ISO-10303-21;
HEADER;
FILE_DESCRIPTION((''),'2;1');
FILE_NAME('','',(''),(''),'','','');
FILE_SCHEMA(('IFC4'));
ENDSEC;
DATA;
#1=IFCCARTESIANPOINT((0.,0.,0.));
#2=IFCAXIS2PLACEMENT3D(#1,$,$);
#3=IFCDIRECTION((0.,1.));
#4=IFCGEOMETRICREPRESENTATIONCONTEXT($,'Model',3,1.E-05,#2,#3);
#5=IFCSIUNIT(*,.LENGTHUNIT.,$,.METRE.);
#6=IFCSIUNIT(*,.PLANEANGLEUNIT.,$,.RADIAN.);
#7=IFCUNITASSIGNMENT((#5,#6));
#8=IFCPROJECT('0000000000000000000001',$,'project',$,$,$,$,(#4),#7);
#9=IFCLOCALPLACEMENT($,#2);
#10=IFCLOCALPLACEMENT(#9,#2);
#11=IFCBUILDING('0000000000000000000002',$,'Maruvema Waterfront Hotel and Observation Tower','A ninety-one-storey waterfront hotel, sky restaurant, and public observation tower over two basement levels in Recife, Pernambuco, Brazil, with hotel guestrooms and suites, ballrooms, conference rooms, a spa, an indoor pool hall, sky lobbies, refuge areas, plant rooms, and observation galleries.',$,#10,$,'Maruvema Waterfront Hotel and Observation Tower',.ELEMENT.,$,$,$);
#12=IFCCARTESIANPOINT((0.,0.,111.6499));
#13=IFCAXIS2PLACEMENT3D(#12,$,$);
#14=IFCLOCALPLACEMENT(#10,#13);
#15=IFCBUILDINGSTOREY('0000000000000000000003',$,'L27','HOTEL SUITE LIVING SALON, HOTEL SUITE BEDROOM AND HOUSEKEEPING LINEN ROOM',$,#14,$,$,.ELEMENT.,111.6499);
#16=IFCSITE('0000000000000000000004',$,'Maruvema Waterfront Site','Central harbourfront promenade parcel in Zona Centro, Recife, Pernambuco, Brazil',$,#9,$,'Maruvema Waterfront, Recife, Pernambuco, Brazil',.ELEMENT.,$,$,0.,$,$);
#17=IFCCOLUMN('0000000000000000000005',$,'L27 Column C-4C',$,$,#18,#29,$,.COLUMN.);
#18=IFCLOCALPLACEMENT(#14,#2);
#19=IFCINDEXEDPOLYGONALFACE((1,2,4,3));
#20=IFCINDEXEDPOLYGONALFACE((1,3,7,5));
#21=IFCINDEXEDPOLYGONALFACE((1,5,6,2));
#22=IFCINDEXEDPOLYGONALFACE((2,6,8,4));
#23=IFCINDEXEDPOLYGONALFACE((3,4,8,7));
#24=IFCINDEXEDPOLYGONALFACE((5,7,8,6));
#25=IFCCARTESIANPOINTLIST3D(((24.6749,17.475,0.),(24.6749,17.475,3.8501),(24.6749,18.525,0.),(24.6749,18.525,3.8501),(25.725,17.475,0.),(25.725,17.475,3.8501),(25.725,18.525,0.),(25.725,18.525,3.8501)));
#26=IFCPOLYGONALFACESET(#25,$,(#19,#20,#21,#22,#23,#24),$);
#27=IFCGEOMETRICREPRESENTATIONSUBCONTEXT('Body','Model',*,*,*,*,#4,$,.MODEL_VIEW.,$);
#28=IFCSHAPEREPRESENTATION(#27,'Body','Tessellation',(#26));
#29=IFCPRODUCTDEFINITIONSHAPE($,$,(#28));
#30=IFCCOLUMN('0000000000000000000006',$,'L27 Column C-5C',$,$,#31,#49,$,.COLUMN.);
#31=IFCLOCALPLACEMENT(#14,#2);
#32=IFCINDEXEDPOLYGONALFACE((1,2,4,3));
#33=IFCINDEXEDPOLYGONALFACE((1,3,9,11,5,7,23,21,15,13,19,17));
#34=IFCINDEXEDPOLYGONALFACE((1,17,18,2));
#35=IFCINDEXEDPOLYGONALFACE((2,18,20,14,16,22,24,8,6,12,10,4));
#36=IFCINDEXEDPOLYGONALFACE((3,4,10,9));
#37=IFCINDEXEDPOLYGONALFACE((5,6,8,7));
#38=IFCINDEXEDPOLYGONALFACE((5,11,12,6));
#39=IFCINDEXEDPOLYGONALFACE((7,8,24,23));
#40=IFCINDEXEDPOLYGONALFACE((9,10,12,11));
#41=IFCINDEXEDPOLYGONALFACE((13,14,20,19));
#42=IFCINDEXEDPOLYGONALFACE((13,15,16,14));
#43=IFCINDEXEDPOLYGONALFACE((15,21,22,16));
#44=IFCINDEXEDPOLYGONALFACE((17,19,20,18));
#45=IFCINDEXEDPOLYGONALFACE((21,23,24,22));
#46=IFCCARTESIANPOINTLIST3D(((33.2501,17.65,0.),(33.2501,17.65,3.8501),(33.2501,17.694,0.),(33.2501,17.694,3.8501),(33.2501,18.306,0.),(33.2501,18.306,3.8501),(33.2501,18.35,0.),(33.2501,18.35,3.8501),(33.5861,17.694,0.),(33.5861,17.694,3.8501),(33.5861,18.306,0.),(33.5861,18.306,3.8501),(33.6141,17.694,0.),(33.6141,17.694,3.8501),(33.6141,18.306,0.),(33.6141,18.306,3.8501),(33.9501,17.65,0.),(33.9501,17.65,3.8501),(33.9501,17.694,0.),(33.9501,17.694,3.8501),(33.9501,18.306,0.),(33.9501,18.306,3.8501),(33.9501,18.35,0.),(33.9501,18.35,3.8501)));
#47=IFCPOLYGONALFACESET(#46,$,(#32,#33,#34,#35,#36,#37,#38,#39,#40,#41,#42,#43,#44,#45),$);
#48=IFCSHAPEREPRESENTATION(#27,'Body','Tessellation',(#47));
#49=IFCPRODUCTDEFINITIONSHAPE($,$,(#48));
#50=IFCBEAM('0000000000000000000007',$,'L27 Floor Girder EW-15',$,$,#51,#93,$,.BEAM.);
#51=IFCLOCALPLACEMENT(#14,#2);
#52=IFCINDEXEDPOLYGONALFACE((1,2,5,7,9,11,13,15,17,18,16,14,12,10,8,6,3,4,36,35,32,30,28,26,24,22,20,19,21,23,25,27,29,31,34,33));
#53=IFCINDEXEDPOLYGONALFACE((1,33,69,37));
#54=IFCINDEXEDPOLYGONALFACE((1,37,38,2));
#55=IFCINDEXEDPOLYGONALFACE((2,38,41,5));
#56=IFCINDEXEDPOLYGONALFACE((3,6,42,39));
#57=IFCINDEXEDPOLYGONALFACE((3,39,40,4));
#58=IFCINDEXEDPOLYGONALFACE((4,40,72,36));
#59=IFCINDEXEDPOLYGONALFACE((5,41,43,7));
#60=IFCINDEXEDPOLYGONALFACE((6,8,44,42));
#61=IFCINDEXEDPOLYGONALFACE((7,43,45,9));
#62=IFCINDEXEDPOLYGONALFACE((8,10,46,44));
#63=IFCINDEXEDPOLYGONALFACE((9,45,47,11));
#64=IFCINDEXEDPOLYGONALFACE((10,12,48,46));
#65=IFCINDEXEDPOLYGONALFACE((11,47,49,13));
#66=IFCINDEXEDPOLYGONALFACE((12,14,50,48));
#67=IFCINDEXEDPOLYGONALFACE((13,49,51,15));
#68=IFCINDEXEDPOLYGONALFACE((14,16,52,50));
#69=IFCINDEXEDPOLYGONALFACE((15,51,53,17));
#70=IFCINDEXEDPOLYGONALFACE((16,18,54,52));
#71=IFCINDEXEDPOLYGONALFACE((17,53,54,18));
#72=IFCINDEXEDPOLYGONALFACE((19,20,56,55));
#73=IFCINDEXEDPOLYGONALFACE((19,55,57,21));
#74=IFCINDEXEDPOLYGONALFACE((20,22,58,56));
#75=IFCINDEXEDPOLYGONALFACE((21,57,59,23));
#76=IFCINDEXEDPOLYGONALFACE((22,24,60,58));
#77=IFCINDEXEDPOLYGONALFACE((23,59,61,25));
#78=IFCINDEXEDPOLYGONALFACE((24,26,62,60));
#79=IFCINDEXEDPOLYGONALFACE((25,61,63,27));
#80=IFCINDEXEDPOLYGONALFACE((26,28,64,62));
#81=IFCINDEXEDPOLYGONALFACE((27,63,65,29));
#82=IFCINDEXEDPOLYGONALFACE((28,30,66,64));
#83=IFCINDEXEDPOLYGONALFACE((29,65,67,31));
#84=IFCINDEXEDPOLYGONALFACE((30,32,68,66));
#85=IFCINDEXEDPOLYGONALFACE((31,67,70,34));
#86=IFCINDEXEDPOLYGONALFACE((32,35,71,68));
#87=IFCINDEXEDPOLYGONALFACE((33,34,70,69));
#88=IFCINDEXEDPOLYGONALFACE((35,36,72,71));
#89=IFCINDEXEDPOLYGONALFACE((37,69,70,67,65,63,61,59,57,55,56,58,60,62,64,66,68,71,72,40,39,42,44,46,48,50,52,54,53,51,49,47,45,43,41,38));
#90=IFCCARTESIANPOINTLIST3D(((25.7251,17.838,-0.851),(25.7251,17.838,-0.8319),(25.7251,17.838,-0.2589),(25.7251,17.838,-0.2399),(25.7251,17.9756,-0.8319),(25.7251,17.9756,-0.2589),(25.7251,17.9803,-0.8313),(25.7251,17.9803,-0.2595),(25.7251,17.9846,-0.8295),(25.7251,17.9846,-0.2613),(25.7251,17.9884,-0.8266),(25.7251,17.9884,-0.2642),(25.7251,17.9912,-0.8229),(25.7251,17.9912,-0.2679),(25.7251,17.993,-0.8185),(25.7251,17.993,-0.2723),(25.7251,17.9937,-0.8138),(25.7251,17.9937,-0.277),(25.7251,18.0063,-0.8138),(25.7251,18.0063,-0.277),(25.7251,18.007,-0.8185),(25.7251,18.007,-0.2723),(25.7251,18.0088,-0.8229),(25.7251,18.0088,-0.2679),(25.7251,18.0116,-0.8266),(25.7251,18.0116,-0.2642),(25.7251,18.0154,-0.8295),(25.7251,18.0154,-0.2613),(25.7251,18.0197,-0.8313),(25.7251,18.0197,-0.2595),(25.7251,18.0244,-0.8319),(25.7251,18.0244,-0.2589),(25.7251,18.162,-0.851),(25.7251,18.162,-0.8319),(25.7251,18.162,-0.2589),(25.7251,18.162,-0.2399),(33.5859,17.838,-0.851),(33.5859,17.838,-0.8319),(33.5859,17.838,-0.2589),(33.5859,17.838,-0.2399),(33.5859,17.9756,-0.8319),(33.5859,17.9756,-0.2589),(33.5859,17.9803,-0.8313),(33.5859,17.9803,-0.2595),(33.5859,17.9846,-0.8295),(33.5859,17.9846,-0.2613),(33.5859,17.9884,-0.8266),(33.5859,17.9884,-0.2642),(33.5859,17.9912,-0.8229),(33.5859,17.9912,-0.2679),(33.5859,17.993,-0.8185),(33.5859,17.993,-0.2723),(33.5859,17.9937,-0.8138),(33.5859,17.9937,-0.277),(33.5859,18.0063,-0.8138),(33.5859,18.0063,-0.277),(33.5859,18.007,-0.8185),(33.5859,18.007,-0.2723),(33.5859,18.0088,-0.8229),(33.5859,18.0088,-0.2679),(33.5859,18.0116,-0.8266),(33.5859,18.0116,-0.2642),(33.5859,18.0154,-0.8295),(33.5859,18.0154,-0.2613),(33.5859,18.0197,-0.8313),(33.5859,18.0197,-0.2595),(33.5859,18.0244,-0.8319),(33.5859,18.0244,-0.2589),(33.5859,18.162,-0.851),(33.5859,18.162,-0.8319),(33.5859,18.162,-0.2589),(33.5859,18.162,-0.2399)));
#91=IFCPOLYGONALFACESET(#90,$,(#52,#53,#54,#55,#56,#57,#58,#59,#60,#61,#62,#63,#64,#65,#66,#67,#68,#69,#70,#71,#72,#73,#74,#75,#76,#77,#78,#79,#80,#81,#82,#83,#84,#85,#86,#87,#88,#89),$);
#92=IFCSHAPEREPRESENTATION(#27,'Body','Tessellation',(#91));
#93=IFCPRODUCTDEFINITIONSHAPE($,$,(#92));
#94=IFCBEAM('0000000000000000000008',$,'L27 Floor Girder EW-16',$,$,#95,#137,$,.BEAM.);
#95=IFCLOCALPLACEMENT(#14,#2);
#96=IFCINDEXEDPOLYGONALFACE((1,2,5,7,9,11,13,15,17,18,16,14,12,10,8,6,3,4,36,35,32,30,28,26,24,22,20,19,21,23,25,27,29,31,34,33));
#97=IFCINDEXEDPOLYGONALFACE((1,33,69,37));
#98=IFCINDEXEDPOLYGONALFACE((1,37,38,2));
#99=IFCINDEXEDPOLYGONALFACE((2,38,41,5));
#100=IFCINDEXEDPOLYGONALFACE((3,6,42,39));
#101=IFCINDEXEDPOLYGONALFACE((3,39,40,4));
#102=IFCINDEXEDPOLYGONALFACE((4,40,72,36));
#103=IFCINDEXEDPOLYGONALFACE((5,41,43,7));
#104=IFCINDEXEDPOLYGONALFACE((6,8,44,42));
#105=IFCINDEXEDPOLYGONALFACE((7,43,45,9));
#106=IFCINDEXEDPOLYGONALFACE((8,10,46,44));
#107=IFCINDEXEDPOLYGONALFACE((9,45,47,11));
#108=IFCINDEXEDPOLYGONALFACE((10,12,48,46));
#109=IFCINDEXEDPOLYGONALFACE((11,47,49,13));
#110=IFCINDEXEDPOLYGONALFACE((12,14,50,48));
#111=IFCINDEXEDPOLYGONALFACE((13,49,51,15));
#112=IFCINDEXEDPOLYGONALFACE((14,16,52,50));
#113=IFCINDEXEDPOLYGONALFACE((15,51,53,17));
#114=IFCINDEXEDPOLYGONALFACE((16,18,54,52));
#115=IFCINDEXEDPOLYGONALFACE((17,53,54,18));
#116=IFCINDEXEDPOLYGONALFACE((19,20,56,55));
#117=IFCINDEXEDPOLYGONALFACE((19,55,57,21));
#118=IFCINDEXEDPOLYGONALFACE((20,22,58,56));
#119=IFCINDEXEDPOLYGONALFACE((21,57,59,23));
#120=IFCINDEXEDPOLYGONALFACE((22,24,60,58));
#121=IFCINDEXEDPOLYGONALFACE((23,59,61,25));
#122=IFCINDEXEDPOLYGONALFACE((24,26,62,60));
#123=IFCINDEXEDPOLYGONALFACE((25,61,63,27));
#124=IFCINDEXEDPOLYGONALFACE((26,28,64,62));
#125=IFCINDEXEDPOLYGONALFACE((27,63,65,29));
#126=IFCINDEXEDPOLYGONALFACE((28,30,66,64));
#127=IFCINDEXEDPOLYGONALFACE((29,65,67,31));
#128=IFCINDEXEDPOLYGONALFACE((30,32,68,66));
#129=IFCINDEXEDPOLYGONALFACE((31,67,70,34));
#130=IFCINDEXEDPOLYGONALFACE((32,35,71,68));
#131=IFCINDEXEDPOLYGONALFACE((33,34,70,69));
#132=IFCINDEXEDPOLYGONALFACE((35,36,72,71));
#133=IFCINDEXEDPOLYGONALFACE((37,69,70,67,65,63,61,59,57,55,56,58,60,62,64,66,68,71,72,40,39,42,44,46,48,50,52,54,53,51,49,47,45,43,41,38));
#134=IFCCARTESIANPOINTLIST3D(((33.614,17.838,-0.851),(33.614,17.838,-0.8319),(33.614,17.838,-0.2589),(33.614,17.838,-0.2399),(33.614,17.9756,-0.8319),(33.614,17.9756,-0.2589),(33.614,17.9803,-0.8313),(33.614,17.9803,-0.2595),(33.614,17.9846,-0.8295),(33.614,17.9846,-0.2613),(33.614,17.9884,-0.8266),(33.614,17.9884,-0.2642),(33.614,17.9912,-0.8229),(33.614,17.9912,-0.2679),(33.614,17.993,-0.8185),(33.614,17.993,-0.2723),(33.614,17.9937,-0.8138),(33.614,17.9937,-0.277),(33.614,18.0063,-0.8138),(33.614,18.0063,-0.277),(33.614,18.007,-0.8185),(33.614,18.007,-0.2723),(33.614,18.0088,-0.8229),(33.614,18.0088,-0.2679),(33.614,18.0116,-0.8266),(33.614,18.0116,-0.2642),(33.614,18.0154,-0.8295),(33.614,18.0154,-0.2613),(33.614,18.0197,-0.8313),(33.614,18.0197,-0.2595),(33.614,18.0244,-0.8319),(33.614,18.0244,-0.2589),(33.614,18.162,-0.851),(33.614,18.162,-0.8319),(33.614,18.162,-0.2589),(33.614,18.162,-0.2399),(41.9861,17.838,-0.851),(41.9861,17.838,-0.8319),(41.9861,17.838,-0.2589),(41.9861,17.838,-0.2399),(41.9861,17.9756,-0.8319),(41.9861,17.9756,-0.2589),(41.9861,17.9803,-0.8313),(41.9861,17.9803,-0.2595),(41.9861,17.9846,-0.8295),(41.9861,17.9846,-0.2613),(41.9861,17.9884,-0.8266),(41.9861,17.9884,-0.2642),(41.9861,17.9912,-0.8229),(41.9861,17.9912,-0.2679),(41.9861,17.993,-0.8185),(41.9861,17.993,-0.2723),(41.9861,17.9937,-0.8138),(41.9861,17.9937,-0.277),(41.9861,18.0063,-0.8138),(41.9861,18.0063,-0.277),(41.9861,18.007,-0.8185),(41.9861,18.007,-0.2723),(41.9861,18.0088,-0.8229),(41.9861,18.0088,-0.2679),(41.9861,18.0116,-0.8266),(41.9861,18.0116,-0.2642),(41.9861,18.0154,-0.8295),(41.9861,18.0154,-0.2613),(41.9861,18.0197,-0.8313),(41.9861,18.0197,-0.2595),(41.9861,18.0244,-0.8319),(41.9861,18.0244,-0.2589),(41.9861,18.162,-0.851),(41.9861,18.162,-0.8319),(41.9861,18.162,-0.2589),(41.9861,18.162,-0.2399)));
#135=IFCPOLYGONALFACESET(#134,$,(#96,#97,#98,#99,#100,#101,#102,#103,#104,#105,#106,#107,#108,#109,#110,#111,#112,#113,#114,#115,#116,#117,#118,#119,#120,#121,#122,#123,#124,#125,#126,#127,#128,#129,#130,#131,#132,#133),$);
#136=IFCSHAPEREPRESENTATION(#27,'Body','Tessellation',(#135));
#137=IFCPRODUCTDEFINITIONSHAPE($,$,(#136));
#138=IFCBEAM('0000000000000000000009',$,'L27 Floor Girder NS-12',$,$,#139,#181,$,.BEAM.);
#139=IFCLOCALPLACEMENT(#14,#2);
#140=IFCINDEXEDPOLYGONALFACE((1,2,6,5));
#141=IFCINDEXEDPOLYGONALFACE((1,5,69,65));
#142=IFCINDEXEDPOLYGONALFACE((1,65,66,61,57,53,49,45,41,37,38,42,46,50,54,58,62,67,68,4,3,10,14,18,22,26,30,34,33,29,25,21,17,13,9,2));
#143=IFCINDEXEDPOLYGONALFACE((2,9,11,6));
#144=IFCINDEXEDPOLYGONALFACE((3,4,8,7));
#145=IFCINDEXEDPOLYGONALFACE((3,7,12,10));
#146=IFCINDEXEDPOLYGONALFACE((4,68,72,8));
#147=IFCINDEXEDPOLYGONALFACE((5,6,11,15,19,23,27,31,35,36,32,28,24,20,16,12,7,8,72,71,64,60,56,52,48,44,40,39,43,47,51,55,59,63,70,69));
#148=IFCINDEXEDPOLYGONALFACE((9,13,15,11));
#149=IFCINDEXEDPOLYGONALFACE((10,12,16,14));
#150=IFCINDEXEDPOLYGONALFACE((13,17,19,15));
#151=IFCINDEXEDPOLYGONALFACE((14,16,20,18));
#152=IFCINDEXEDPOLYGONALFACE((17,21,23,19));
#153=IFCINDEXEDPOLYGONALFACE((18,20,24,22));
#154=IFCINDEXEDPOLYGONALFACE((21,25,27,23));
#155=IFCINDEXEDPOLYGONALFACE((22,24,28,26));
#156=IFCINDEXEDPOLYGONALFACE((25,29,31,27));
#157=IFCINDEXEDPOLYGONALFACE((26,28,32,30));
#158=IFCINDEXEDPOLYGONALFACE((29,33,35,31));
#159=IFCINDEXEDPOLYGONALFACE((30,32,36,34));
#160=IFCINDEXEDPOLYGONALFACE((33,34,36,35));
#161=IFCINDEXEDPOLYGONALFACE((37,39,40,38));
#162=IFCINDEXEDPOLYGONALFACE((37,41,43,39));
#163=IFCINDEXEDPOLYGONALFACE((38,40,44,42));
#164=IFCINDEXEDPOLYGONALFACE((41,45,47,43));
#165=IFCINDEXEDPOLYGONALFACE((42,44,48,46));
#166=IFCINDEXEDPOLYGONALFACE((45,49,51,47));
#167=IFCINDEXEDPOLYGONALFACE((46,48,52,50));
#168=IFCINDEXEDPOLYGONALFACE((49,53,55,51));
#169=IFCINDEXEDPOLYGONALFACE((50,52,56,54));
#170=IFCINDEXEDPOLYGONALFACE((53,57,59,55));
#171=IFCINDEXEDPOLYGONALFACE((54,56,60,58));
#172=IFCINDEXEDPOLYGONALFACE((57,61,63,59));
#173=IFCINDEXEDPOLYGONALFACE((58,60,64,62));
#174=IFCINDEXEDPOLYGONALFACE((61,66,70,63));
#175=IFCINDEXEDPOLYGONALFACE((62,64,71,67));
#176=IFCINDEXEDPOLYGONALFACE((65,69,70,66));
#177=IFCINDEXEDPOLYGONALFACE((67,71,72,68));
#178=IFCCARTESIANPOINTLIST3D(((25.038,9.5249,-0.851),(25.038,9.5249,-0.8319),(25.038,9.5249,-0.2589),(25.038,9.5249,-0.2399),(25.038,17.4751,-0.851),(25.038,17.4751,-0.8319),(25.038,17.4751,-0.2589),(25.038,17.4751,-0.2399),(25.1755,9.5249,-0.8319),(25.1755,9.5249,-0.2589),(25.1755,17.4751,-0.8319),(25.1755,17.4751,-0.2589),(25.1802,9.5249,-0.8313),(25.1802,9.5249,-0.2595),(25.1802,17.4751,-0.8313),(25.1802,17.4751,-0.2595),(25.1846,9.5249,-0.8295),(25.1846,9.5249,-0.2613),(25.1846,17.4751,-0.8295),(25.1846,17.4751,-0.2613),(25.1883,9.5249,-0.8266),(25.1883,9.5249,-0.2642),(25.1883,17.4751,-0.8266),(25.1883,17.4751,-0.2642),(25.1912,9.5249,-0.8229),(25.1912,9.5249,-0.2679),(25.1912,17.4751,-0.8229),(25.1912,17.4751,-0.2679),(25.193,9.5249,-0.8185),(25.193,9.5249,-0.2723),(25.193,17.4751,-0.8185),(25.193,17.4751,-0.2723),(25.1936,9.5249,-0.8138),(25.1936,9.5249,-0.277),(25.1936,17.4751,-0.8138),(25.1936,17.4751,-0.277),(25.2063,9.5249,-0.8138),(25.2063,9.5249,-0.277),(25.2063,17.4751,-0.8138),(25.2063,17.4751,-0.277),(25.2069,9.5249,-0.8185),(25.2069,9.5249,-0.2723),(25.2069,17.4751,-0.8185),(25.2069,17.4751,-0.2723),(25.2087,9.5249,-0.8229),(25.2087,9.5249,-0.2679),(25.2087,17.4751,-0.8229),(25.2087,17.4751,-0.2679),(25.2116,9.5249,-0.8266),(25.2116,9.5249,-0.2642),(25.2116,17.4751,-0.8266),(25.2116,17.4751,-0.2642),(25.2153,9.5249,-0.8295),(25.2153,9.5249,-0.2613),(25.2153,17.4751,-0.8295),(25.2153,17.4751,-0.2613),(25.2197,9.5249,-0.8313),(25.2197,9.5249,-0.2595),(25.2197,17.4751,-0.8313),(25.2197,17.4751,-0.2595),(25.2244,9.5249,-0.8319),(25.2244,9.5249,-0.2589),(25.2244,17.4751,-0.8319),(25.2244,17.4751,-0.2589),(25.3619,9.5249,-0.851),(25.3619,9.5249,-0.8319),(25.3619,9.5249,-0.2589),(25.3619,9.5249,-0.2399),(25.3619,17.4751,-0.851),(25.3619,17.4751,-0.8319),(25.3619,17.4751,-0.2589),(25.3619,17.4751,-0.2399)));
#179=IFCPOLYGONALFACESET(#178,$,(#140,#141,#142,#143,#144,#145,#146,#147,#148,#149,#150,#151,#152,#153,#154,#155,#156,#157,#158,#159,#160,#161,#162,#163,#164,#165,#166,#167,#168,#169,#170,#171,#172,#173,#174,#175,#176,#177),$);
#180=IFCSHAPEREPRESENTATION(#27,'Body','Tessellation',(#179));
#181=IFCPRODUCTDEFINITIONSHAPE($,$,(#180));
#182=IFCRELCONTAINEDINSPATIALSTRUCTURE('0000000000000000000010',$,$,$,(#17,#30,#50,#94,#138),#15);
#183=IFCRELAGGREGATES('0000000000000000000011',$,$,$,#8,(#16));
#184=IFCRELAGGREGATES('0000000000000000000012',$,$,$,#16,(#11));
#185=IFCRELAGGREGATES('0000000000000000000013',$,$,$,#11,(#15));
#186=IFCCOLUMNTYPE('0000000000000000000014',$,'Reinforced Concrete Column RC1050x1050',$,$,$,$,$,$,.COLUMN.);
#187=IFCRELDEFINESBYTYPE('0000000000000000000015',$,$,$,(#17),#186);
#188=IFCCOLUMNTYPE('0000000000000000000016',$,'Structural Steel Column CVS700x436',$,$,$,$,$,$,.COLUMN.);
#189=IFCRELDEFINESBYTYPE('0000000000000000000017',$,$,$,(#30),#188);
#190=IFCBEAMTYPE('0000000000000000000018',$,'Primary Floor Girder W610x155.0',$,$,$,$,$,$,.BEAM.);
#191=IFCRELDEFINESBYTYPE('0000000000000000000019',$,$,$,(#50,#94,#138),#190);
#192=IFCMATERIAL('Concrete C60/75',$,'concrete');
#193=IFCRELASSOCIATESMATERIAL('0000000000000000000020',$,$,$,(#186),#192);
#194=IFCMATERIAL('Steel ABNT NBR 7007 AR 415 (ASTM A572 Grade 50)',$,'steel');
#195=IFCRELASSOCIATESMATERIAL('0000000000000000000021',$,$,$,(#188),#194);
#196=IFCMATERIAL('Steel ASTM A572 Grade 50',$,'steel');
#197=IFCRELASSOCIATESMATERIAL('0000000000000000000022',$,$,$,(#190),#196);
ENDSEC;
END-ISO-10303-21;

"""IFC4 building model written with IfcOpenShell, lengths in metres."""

from ifc_helpers import new_model, si_unit, direction, frame, origin, origin_2d, place, context, subcontext, project, spatial, rectangle, i_section, extrude, material, material_profile, profile_set, type_object, element, save


model = new_model("IFC4")

# Units and contexts
model_context = context("Model", 3, precision=1e-05, world=origin(), true_north=direction((0.0, 1.0)))
body_context = subcontext(model_context, "Body", "Model", "MODEL_VIEW")
ifc_project = project(units=[si_unit("LENGTHUNIT", "METRE"), si_unit("PLANEANGLEUNIT", "RADIAN")], contexts=[model_context])

# Site, building, storey
site_placement = place(None, origin())
site = spatial("IfcSite", under=ifc_project, at=site_placement, Name="Maruvema Waterfront Site", Description="Central harbourfront promenade parcel in Zona Centro, Recife, Pernambuco, Brazil", LongName="Maruvema Waterfront, Recife, Pernambuco, Brazil", CompositionType="ELEMENT", RefElevation=0.0)
building_placement = place(site_placement, origin())
building = spatial("IfcBuilding", under=site, at=building_placement, Name="Maruvema Waterfront Hotel and Observation Tower", Description="A ninety-one-storey waterfront hotel, sky restaurant, and public observation tower over two basement levels in Recife, Pernambuco, Brazil, with hotel guestrooms and suites, ballrooms, conference rooms, a spa, an indoor pool hall, sky lobbies, refuge areas, plant rooms, and observation galleries.", LongName="Maruvema Waterfront Hotel and Observation Tower", CompositionType="ELEMENT")
storey_placement = place(building_placement, frame((0.0, 0.0, 111.6499)))
storey = spatial("IfcBuildingStorey", under=building, at=storey_placement, Name="L27", Description="HOTEL SUITE LIVING SALON, HOTEL SUITE BEDROOM AND HOUSEKEEPING LINEN ROOM", CompositionType="ELEMENT", Elevation=111.6499)

# Columns
ifc_material_1 = material(Name="Concrete C60/75", Category="concrete")
ifc_material_profile_1 = material_profile(ifc_material_1, rectangle(XDim=1.05, YDim=1.05, at=origin_2d()), Name="RC1050x1050")
ifc_profile_set_1 = profile_set([ifc_material_profile_1], Name="Concrete C60/75")
column_type_1 = type_object("IfcColumnType", Name="Reinforced Concrete Column RC1050x1050", PredefinedType="COLUMN", material=ifc_profile_set_1)
column_1_placement = place(storey_placement, frame((25.2, 18.0, 0.0), z_axis=(0.0, 0.0, 1.0), x_axis=(1.0, 0.0, 0.0)))
element("IfcColumn", 1, at=column_1_placement, inside=storey, type_object=column_type_1, Name="L27 Column C-4C", PredefinedType="COLUMN", context=body_context, shape_type="SweptSolid", body=[
    extrude(rectangle(XDim=1.05, YDim=1.05, at=origin_2d()), origin(), (0.0, 0.0, 1.0), 3.8501),
])
ifc_material_2 = material(Name="Steel ABNT NBR 7007 AR 415 (ASTM A572 Grade 50)", Category="steel")
ifc_material_profile_2 = material_profile(ifc_material_2, i_section(OverallWidth=0.7, OverallDepth=0.7, WebThickness=0.0281, FlangeThickness=0.0439, at=origin_2d()), Name="CVS700x436")
ifc_profile_set_2 = profile_set([ifc_material_profile_2], Name="Steel ABNT NBR 7007 AR 415 (ASTM A572 Grade 50)")
column_type_2 = type_object("IfcColumnType", Name="Structural Steel Column CVS700x436", PredefinedType="COLUMN", material=ifc_profile_set_2)
column_2_placement = place(storey_placement, frame((33.6001, 18.0, 0.0), z_axis=(0.0, 0.0, 1.0), x_axis=(1.0, 0.0, 0.0)))
element("IfcColumn", 2, at=column_2_placement, inside=storey, type_object=column_type_2, Name="L27 Column C-5C", PredefinedType="COLUMN", context=body_context, shape_type="SweptSolid", body=[
    extrude(i_section(OverallWidth=0.7, OverallDepth=0.7, WebThickness=0.0281, FlangeThickness=0.0439, at=origin_2d()), origin(), (0.0, 0.0, 1.0), 3.8501),
])

# Beams
ifc_material_3 = material(Name="Steel ASTM A572 Grade 50", Category="steel")
ifc_material_profile_3 = material_profile(ifc_material_3, i_section(OverallWidth=0.324, OverallDepth=0.6111, WebThickness=0.0127, FlangeThickness=0.019, FilletRadius=0.0181, at=origin_2d()), Name="W610x155.0")
ifc_profile_set_3 = profile_set([ifc_material_profile_3], Name="Steel ASTM A572 Grade 50")
beam_type_1 = type_object("IfcBeamType", Name="Primary Floor Girder W610x155.0", PredefinedType="BEAM", material=ifc_profile_set_3)
beam_1_placement = place(storey_placement, frame((25.7251, 18.0, -0.5454), z_axis=(1.0, 0.0, 0.0), x_axis=(0.0, 1.0, 0.0)))
element("IfcBeam", 3, at=beam_1_placement, inside=storey, type_object=beam_type_1, Name="L27 Floor Girder EW-15", PredefinedType="BEAM", context=body_context, shape_type="SweptSolid", body=[
    extrude(i_section(OverallWidth=0.324, OverallDepth=0.6111, WebThickness=0.0127, FlangeThickness=0.019, FilletRadius=0.0181, at=origin_2d()), origin(), (0.0, 0.0, 1.0), 7.8608),
])
beam_2_placement = place(storey_placement, frame((33.614, 18.0, -0.5454), z_axis=(1.0, 0.0, 0.0), x_axis=(0.0, 1.0, 0.0)))
element("IfcBeam", 4, at=beam_2_placement, inside=storey, type_object=beam_type_1, Name="L27 Floor Girder EW-16", PredefinedType="BEAM", context=body_context, shape_type="SweptSolid", body=[
    extrude(i_section(OverallWidth=0.324, OverallDepth=0.6111, WebThickness=0.0127, FlangeThickness=0.019, FilletRadius=0.0181, at=origin_2d()), origin(), (0.0, 0.0, 1.0), 8.3721),
])
beam_3_placement = place(storey_placement, frame((25.2, 9.5249, -0.5454), z_axis=(0.0, 1.0, 0.0), x_axis=(-1.0, 0.0, 0.0)))
element("IfcBeam", 5, at=beam_3_placement, inside=storey, type_object=beam_type_1, Name="L27 Floor Girder NS-12", PredefinedType="BEAM", context=body_context, shape_type="SweptSolid", body=[
    extrude(i_section(OverallWidth=0.324, OverallDepth=0.6111, WebThickness=0.0127, FlangeThickness=0.019, FilletRadius=0.0181, at=origin_2d()), origin(), (0.0, 0.0, 1.0), 7.9502),
])

save(model, "model.ifc")
